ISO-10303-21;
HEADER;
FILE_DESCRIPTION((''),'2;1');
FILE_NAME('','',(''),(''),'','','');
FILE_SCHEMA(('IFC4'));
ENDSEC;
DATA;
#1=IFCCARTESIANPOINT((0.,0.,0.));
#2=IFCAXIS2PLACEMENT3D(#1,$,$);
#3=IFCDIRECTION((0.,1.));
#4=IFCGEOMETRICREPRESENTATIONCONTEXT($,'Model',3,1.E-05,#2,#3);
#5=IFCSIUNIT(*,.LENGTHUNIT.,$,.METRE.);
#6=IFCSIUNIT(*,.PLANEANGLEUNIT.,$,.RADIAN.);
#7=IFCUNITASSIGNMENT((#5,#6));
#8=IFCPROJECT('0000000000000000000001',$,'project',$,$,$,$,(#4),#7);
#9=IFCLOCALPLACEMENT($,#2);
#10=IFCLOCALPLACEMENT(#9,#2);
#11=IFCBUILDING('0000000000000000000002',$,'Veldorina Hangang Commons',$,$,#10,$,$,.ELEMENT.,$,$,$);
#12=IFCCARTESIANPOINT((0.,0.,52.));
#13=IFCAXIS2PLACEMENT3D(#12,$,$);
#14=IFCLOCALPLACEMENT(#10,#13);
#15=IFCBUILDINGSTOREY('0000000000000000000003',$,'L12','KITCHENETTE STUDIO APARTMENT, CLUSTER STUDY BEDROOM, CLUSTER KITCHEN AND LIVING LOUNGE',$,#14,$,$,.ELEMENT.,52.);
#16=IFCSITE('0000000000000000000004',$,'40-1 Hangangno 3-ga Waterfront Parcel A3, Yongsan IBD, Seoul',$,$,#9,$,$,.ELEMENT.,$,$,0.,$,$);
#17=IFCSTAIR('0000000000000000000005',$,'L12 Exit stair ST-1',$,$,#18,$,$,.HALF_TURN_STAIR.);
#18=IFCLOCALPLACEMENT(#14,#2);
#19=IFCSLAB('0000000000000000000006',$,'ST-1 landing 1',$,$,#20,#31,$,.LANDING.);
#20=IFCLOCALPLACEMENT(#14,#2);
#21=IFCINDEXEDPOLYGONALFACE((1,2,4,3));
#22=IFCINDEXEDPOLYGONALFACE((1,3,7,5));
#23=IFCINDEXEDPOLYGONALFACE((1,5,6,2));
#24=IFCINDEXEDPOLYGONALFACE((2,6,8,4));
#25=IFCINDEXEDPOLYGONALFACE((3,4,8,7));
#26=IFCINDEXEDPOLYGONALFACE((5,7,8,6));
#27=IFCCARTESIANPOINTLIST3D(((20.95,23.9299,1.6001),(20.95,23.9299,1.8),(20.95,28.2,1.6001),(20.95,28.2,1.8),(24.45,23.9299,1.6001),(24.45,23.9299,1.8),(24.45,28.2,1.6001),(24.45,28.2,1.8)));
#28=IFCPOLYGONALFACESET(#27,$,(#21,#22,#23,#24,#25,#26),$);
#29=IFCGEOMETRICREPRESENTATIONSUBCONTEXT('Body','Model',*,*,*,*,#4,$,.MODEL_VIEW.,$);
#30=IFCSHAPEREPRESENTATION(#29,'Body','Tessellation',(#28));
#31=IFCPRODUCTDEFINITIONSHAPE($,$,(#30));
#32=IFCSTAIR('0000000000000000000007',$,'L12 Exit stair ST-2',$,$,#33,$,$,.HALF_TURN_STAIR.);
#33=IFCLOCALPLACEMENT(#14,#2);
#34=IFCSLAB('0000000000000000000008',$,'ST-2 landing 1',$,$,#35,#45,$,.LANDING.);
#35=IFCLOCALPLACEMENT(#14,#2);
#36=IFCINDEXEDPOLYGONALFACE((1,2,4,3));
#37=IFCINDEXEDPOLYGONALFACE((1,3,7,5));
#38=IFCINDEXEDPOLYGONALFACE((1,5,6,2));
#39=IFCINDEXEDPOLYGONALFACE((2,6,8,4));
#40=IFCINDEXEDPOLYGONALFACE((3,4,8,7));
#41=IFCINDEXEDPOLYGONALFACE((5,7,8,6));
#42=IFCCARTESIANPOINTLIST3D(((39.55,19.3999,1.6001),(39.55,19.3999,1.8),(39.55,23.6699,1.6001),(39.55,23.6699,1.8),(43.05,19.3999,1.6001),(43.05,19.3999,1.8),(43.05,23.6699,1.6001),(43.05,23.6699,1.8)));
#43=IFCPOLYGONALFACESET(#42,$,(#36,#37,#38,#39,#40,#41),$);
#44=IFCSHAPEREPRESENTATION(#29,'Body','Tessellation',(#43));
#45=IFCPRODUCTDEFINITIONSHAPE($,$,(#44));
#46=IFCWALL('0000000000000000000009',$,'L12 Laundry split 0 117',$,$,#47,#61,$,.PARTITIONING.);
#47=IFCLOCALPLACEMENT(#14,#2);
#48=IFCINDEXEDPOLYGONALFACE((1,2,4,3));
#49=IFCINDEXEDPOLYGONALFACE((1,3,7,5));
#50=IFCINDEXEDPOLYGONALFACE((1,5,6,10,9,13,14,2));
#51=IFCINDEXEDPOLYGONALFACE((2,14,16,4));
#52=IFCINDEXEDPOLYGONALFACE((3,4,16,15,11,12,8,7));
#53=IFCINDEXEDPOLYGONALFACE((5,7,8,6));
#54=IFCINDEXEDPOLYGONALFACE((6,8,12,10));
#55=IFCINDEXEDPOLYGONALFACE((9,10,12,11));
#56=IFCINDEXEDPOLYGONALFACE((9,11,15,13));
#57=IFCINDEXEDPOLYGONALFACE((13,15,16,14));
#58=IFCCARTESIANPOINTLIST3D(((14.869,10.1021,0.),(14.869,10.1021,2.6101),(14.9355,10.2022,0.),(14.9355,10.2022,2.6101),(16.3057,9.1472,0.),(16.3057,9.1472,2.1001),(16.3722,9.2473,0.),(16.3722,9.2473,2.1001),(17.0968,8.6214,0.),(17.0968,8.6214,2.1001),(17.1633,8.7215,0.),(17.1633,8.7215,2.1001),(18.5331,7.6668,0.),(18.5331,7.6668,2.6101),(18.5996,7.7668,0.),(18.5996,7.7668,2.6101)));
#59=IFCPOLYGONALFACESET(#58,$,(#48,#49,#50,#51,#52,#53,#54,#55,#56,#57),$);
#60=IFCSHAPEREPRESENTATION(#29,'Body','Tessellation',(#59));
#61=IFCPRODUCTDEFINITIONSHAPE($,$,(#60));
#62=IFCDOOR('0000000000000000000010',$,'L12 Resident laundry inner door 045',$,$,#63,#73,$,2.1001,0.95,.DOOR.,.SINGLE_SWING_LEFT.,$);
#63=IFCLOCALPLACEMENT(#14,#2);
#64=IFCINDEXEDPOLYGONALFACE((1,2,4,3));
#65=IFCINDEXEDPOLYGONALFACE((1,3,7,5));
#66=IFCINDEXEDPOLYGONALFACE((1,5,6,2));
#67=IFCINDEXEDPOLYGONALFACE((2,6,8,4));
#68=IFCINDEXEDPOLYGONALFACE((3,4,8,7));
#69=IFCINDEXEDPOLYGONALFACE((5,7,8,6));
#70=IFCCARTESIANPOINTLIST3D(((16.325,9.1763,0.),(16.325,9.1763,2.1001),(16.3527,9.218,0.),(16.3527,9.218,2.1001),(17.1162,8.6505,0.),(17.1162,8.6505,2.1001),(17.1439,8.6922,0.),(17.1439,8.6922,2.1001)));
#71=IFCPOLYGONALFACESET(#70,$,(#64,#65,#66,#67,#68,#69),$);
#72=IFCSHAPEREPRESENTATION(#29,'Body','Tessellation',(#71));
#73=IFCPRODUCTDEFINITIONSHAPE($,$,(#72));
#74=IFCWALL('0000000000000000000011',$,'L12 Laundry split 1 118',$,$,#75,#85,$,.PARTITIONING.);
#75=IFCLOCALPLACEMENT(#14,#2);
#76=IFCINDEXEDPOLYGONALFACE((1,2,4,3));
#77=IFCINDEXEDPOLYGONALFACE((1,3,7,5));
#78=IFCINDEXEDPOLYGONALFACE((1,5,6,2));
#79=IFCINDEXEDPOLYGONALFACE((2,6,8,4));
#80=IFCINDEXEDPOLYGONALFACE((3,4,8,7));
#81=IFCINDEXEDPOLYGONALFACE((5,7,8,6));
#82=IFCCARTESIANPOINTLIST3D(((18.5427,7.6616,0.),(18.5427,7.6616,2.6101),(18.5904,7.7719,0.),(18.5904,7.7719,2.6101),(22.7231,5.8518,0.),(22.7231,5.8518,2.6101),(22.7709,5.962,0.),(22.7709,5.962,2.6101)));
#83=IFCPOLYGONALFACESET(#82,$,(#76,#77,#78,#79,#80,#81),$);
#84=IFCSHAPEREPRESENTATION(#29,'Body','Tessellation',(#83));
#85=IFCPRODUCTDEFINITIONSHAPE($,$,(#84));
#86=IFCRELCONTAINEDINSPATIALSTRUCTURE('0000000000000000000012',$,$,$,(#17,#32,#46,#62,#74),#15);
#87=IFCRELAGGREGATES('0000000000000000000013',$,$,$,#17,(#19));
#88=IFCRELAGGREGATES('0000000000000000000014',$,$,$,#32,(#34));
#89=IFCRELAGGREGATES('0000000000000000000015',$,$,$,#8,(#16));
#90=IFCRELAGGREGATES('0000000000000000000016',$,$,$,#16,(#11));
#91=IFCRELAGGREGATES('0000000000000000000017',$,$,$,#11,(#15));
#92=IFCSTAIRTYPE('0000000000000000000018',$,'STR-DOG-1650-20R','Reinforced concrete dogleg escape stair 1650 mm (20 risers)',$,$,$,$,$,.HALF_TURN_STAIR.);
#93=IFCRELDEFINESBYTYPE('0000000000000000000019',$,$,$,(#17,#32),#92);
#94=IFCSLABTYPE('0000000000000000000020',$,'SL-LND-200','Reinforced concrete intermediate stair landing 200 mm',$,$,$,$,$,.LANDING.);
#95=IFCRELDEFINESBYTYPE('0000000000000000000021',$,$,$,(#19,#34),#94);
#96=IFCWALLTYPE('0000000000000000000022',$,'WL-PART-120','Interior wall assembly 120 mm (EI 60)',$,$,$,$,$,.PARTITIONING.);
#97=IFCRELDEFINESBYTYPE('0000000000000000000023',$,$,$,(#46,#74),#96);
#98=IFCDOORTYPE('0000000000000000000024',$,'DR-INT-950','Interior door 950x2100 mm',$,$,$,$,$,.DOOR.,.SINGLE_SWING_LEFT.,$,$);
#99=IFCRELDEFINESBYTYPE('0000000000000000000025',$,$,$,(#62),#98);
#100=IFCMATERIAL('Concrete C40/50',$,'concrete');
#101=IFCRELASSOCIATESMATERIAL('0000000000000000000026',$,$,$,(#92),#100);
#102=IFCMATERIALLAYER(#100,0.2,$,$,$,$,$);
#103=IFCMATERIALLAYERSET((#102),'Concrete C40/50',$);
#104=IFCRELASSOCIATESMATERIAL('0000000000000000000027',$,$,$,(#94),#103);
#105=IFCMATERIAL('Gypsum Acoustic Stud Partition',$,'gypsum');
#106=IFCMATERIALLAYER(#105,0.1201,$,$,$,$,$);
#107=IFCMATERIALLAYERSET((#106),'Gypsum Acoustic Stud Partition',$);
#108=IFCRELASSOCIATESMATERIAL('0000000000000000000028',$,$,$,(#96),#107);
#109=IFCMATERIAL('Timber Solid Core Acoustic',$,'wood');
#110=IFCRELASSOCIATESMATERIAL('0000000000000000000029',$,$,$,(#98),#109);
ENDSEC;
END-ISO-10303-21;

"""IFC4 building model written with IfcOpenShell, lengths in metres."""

from ifc_helpers import new_model, si_unit, direction, frame, frame_2d, origin, place, context, subcontext, project, spatial, polyline, rectangle, outline, extrude, material, layer, layer_set, type_object, element, fill, aggregate, save


model = new_model("IFC4")

# Units and contexts
model_context = context("Model", 3, precision=1e-05, world=origin(), true_north=direction((0.0, 1.0)))
body_context = subcontext(model_context, "Body", "Model", "MODEL_VIEW")
ifc_project = project(units=[si_unit("LENGTHUNIT", "METRE"), si_unit("PLANEANGLEUNIT", "RADIAN")], contexts=[model_context])

# Site, building, storey
site_placement = place(None, origin())
site = spatial("IfcSite", under=ifc_project, at=site_placement, Name="40-1 Hangangno 3-ga Waterfront Parcel A3, Yongsan IBD, Seoul", CompositionType="ELEMENT", RefElevation=0.0)
building_placement = place(site_placement, origin())
building = spatial("IfcBuilding", under=site, at=building_placement, Name="Veldorina Hangang Commons", CompositionType="ELEMENT")
storey_placement = place(building_placement, frame((0.0, 0.0, 52.0)))
storey = spatial("IfcBuildingStorey", under=building, at=storey_placement, Name="L12", Description="KITCHENETTE STUDIO APARTMENT, CLUSTER STUDY BEDROOM, CLUSTER KITCHEN AND LIVING LOUNGE", CompositionType="ELEMENT", Elevation=52.0)

# Shared definitions
ifc_material_1 = material(Name="Concrete C40/50", Category="concrete")

# Stairs, slabs
stair_type = type_object("IfcStairType", Name="STR-DOG-1650-20R", Description="Reinforced concrete dogleg escape stair 1650 mm (20 risers)", PredefinedType="HALF_TURN_STAIR", material=ifc_material_1)
stair_1_placement = place(storey_placement, origin())
stair_1 = element("IfcStair", 1, at=stair_1_placement, inside=storey, type_object=stair_type, Name="L12 Exit stair ST-1", PredefinedType="HALF_TURN_STAIR")
ifc_layer_1 = layer(ifc_material_1, 0.2)
ifc_layer_set_1 = layer_set([ifc_layer_1], Name="Concrete C40/50")
slab_type_1 = type_object("IfcSlabType", Name="SL-LND-200", Description="Reinforced concrete intermediate stair landing 200 mm", PredefinedType="LANDING", material=ifc_layer_set_1)
slab_1_placement = place(storey_placement, frame((0.0, 0.0, 1.6001)))
slab_1 = element("IfcSlab", 2, at=slab_1_placement, type_object=slab_type_1, Name="ST-1 landing 1", PredefinedType="LANDING", context=body_context, shape_type="SweptSolid", body=[
    extrude(outline(polyline([(24.45, 23.9299), (24.45, 28.2), (20.95, 28.2), (20.95, 23.9299), (24.45, 23.9299)])), origin(), (0.0, 0.0, 1.0), 0.2),
])
aggregate(stair_1, [slab_1])
stair_2_placement = place(storey_placement, origin())
stair_2 = element("IfcStair", 3, at=stair_2_placement, inside=storey, type_object=stair_type, Name="L12 Exit stair ST-2", PredefinedType="HALF_TURN_STAIR")
slab_2_placement = place(storey_placement, frame((0.0, 0.0, 1.6001)))
slab_2 = element("IfcSlab", 4, at=slab_2_placement, type_object=slab_type_1, Name="ST-2 landing 1", PredefinedType="LANDING", context=body_context, shape_type="SweptSolid", body=[
    extrude(outline(polyline([(39.55, 23.6699), (39.55, 19.3999), (43.05, 19.3999), (43.05, 23.6699), (39.55, 23.6699)])), origin(), (0.0, 0.0, 1.0), 0.2),
])
aggregate(stair_2, [slab_2])

# Wall, opening, door
ifc_material_2 = material(Name="Gypsum Acoustic Stud Partition", Category="gypsum")
ifc_layer_2 = layer(ifc_material_2, 0.1201)
ifc_layer_set_2 = layer_set([ifc_layer_2], Name="Gypsum Acoustic Stud Partition")
wall_type = type_object("IfcWallType", Name="WL-PART-120", Description="Interior wall assembly 120 mm (EI 60)", PredefinedType="PARTITIONING", material=ifc_layer_set_2)
wall_1_placement = place(storey_placement, frame((14.9023, 10.1521, 0.0), z_axis=(0.0, 0.0, 1.0), x_axis=(0.832826, -0.553534, 0.0)))
wall_1 = element("IfcWall", 5, at=wall_1_placement, inside=storey, type_object=wall_type, Name="L12 Laundry split 0 117", PredefinedType="PARTITIONING", context=body_context, shape_type="SweptSolid", body=[
    extrude(rectangle(XDim=4.3997, YDim=0.1201, at=frame_2d((2.1997, 0.0))), origin(), (0.0, 0.0, 1.0), 2.6101),
])
opening_placement = place(wall_1_placement, frame((1.7249, 0.0, 0.0)))
opening = element("IfcOpeningElement", 6, at=opening_placement, cuts=wall_1, PredefinedType="OPENING", context=body_context, shape_type="SweptSolid", body=[
    extrude(rectangle(XDim=0.95, YDim=2.1001, at=frame_2d((0.4751, 1.05))), frame((0.0, 0.0701, 0.0), z_axis=(0.0, -1.0, 0.0), x_axis=(1.0, 0.0, 0.0)), (0.0, 0.0, 1.0), 0.1401),
])
ifc_material_3 = material(Name="Timber Solid Core Acoustic", Category="wood")
door_type = type_object("IfcDoorType", Name="DR-INT-950", Description="Interior door 950x2100 mm", OperationType="SINGLE_SWING_LEFT", PredefinedType="DOOR", material=ifc_material_3)
door_placement = place(opening_placement, origin())
door = element("IfcDoor", 7, at=door_placement, inside=storey, type_object=door_type, Name="L12 Resident laundry inner door 045", OperationType="SINGLE_SWING_LEFT", OverallHeight=2.1001, OverallWidth=0.95, PredefinedType="DOOR", context=body_context, shape_type="SweptSolid", body=[
    extrude(rectangle(XDim=0.95, YDim=2.1001, at=frame_2d((0.4751, 1.05))), frame((0.0, 0.0249, 0.0), z_axis=(0.0, -1.0, 0.0), x_axis=(1.0, 0.0, 0.0)), (0.0, 0.0, 1.0), 0.05),
])
fill(opening, door)

# Wall
wall_2_placement = place(storey_placement, frame((18.5664, 7.7168, 0.0), z_axis=(0.0, 0.0, 1.0), x_axis=(0.917692, -0.397293, 0.0)))
element("IfcWall", 8, at=wall_2_placement, inside=storey, type_object=wall_type, Name="L12 Laundry split 1 118", PredefinedType="PARTITIONING", context=body_context, shape_type="SweptSolid", body=[
    extrude(rectangle(XDim=4.5554, YDim=0.1201, at=frame_2d((2.2778, 0.0))), origin(), (0.0, 0.0, 1.0), 2.6101),
])

save(model, "model.ifc")
